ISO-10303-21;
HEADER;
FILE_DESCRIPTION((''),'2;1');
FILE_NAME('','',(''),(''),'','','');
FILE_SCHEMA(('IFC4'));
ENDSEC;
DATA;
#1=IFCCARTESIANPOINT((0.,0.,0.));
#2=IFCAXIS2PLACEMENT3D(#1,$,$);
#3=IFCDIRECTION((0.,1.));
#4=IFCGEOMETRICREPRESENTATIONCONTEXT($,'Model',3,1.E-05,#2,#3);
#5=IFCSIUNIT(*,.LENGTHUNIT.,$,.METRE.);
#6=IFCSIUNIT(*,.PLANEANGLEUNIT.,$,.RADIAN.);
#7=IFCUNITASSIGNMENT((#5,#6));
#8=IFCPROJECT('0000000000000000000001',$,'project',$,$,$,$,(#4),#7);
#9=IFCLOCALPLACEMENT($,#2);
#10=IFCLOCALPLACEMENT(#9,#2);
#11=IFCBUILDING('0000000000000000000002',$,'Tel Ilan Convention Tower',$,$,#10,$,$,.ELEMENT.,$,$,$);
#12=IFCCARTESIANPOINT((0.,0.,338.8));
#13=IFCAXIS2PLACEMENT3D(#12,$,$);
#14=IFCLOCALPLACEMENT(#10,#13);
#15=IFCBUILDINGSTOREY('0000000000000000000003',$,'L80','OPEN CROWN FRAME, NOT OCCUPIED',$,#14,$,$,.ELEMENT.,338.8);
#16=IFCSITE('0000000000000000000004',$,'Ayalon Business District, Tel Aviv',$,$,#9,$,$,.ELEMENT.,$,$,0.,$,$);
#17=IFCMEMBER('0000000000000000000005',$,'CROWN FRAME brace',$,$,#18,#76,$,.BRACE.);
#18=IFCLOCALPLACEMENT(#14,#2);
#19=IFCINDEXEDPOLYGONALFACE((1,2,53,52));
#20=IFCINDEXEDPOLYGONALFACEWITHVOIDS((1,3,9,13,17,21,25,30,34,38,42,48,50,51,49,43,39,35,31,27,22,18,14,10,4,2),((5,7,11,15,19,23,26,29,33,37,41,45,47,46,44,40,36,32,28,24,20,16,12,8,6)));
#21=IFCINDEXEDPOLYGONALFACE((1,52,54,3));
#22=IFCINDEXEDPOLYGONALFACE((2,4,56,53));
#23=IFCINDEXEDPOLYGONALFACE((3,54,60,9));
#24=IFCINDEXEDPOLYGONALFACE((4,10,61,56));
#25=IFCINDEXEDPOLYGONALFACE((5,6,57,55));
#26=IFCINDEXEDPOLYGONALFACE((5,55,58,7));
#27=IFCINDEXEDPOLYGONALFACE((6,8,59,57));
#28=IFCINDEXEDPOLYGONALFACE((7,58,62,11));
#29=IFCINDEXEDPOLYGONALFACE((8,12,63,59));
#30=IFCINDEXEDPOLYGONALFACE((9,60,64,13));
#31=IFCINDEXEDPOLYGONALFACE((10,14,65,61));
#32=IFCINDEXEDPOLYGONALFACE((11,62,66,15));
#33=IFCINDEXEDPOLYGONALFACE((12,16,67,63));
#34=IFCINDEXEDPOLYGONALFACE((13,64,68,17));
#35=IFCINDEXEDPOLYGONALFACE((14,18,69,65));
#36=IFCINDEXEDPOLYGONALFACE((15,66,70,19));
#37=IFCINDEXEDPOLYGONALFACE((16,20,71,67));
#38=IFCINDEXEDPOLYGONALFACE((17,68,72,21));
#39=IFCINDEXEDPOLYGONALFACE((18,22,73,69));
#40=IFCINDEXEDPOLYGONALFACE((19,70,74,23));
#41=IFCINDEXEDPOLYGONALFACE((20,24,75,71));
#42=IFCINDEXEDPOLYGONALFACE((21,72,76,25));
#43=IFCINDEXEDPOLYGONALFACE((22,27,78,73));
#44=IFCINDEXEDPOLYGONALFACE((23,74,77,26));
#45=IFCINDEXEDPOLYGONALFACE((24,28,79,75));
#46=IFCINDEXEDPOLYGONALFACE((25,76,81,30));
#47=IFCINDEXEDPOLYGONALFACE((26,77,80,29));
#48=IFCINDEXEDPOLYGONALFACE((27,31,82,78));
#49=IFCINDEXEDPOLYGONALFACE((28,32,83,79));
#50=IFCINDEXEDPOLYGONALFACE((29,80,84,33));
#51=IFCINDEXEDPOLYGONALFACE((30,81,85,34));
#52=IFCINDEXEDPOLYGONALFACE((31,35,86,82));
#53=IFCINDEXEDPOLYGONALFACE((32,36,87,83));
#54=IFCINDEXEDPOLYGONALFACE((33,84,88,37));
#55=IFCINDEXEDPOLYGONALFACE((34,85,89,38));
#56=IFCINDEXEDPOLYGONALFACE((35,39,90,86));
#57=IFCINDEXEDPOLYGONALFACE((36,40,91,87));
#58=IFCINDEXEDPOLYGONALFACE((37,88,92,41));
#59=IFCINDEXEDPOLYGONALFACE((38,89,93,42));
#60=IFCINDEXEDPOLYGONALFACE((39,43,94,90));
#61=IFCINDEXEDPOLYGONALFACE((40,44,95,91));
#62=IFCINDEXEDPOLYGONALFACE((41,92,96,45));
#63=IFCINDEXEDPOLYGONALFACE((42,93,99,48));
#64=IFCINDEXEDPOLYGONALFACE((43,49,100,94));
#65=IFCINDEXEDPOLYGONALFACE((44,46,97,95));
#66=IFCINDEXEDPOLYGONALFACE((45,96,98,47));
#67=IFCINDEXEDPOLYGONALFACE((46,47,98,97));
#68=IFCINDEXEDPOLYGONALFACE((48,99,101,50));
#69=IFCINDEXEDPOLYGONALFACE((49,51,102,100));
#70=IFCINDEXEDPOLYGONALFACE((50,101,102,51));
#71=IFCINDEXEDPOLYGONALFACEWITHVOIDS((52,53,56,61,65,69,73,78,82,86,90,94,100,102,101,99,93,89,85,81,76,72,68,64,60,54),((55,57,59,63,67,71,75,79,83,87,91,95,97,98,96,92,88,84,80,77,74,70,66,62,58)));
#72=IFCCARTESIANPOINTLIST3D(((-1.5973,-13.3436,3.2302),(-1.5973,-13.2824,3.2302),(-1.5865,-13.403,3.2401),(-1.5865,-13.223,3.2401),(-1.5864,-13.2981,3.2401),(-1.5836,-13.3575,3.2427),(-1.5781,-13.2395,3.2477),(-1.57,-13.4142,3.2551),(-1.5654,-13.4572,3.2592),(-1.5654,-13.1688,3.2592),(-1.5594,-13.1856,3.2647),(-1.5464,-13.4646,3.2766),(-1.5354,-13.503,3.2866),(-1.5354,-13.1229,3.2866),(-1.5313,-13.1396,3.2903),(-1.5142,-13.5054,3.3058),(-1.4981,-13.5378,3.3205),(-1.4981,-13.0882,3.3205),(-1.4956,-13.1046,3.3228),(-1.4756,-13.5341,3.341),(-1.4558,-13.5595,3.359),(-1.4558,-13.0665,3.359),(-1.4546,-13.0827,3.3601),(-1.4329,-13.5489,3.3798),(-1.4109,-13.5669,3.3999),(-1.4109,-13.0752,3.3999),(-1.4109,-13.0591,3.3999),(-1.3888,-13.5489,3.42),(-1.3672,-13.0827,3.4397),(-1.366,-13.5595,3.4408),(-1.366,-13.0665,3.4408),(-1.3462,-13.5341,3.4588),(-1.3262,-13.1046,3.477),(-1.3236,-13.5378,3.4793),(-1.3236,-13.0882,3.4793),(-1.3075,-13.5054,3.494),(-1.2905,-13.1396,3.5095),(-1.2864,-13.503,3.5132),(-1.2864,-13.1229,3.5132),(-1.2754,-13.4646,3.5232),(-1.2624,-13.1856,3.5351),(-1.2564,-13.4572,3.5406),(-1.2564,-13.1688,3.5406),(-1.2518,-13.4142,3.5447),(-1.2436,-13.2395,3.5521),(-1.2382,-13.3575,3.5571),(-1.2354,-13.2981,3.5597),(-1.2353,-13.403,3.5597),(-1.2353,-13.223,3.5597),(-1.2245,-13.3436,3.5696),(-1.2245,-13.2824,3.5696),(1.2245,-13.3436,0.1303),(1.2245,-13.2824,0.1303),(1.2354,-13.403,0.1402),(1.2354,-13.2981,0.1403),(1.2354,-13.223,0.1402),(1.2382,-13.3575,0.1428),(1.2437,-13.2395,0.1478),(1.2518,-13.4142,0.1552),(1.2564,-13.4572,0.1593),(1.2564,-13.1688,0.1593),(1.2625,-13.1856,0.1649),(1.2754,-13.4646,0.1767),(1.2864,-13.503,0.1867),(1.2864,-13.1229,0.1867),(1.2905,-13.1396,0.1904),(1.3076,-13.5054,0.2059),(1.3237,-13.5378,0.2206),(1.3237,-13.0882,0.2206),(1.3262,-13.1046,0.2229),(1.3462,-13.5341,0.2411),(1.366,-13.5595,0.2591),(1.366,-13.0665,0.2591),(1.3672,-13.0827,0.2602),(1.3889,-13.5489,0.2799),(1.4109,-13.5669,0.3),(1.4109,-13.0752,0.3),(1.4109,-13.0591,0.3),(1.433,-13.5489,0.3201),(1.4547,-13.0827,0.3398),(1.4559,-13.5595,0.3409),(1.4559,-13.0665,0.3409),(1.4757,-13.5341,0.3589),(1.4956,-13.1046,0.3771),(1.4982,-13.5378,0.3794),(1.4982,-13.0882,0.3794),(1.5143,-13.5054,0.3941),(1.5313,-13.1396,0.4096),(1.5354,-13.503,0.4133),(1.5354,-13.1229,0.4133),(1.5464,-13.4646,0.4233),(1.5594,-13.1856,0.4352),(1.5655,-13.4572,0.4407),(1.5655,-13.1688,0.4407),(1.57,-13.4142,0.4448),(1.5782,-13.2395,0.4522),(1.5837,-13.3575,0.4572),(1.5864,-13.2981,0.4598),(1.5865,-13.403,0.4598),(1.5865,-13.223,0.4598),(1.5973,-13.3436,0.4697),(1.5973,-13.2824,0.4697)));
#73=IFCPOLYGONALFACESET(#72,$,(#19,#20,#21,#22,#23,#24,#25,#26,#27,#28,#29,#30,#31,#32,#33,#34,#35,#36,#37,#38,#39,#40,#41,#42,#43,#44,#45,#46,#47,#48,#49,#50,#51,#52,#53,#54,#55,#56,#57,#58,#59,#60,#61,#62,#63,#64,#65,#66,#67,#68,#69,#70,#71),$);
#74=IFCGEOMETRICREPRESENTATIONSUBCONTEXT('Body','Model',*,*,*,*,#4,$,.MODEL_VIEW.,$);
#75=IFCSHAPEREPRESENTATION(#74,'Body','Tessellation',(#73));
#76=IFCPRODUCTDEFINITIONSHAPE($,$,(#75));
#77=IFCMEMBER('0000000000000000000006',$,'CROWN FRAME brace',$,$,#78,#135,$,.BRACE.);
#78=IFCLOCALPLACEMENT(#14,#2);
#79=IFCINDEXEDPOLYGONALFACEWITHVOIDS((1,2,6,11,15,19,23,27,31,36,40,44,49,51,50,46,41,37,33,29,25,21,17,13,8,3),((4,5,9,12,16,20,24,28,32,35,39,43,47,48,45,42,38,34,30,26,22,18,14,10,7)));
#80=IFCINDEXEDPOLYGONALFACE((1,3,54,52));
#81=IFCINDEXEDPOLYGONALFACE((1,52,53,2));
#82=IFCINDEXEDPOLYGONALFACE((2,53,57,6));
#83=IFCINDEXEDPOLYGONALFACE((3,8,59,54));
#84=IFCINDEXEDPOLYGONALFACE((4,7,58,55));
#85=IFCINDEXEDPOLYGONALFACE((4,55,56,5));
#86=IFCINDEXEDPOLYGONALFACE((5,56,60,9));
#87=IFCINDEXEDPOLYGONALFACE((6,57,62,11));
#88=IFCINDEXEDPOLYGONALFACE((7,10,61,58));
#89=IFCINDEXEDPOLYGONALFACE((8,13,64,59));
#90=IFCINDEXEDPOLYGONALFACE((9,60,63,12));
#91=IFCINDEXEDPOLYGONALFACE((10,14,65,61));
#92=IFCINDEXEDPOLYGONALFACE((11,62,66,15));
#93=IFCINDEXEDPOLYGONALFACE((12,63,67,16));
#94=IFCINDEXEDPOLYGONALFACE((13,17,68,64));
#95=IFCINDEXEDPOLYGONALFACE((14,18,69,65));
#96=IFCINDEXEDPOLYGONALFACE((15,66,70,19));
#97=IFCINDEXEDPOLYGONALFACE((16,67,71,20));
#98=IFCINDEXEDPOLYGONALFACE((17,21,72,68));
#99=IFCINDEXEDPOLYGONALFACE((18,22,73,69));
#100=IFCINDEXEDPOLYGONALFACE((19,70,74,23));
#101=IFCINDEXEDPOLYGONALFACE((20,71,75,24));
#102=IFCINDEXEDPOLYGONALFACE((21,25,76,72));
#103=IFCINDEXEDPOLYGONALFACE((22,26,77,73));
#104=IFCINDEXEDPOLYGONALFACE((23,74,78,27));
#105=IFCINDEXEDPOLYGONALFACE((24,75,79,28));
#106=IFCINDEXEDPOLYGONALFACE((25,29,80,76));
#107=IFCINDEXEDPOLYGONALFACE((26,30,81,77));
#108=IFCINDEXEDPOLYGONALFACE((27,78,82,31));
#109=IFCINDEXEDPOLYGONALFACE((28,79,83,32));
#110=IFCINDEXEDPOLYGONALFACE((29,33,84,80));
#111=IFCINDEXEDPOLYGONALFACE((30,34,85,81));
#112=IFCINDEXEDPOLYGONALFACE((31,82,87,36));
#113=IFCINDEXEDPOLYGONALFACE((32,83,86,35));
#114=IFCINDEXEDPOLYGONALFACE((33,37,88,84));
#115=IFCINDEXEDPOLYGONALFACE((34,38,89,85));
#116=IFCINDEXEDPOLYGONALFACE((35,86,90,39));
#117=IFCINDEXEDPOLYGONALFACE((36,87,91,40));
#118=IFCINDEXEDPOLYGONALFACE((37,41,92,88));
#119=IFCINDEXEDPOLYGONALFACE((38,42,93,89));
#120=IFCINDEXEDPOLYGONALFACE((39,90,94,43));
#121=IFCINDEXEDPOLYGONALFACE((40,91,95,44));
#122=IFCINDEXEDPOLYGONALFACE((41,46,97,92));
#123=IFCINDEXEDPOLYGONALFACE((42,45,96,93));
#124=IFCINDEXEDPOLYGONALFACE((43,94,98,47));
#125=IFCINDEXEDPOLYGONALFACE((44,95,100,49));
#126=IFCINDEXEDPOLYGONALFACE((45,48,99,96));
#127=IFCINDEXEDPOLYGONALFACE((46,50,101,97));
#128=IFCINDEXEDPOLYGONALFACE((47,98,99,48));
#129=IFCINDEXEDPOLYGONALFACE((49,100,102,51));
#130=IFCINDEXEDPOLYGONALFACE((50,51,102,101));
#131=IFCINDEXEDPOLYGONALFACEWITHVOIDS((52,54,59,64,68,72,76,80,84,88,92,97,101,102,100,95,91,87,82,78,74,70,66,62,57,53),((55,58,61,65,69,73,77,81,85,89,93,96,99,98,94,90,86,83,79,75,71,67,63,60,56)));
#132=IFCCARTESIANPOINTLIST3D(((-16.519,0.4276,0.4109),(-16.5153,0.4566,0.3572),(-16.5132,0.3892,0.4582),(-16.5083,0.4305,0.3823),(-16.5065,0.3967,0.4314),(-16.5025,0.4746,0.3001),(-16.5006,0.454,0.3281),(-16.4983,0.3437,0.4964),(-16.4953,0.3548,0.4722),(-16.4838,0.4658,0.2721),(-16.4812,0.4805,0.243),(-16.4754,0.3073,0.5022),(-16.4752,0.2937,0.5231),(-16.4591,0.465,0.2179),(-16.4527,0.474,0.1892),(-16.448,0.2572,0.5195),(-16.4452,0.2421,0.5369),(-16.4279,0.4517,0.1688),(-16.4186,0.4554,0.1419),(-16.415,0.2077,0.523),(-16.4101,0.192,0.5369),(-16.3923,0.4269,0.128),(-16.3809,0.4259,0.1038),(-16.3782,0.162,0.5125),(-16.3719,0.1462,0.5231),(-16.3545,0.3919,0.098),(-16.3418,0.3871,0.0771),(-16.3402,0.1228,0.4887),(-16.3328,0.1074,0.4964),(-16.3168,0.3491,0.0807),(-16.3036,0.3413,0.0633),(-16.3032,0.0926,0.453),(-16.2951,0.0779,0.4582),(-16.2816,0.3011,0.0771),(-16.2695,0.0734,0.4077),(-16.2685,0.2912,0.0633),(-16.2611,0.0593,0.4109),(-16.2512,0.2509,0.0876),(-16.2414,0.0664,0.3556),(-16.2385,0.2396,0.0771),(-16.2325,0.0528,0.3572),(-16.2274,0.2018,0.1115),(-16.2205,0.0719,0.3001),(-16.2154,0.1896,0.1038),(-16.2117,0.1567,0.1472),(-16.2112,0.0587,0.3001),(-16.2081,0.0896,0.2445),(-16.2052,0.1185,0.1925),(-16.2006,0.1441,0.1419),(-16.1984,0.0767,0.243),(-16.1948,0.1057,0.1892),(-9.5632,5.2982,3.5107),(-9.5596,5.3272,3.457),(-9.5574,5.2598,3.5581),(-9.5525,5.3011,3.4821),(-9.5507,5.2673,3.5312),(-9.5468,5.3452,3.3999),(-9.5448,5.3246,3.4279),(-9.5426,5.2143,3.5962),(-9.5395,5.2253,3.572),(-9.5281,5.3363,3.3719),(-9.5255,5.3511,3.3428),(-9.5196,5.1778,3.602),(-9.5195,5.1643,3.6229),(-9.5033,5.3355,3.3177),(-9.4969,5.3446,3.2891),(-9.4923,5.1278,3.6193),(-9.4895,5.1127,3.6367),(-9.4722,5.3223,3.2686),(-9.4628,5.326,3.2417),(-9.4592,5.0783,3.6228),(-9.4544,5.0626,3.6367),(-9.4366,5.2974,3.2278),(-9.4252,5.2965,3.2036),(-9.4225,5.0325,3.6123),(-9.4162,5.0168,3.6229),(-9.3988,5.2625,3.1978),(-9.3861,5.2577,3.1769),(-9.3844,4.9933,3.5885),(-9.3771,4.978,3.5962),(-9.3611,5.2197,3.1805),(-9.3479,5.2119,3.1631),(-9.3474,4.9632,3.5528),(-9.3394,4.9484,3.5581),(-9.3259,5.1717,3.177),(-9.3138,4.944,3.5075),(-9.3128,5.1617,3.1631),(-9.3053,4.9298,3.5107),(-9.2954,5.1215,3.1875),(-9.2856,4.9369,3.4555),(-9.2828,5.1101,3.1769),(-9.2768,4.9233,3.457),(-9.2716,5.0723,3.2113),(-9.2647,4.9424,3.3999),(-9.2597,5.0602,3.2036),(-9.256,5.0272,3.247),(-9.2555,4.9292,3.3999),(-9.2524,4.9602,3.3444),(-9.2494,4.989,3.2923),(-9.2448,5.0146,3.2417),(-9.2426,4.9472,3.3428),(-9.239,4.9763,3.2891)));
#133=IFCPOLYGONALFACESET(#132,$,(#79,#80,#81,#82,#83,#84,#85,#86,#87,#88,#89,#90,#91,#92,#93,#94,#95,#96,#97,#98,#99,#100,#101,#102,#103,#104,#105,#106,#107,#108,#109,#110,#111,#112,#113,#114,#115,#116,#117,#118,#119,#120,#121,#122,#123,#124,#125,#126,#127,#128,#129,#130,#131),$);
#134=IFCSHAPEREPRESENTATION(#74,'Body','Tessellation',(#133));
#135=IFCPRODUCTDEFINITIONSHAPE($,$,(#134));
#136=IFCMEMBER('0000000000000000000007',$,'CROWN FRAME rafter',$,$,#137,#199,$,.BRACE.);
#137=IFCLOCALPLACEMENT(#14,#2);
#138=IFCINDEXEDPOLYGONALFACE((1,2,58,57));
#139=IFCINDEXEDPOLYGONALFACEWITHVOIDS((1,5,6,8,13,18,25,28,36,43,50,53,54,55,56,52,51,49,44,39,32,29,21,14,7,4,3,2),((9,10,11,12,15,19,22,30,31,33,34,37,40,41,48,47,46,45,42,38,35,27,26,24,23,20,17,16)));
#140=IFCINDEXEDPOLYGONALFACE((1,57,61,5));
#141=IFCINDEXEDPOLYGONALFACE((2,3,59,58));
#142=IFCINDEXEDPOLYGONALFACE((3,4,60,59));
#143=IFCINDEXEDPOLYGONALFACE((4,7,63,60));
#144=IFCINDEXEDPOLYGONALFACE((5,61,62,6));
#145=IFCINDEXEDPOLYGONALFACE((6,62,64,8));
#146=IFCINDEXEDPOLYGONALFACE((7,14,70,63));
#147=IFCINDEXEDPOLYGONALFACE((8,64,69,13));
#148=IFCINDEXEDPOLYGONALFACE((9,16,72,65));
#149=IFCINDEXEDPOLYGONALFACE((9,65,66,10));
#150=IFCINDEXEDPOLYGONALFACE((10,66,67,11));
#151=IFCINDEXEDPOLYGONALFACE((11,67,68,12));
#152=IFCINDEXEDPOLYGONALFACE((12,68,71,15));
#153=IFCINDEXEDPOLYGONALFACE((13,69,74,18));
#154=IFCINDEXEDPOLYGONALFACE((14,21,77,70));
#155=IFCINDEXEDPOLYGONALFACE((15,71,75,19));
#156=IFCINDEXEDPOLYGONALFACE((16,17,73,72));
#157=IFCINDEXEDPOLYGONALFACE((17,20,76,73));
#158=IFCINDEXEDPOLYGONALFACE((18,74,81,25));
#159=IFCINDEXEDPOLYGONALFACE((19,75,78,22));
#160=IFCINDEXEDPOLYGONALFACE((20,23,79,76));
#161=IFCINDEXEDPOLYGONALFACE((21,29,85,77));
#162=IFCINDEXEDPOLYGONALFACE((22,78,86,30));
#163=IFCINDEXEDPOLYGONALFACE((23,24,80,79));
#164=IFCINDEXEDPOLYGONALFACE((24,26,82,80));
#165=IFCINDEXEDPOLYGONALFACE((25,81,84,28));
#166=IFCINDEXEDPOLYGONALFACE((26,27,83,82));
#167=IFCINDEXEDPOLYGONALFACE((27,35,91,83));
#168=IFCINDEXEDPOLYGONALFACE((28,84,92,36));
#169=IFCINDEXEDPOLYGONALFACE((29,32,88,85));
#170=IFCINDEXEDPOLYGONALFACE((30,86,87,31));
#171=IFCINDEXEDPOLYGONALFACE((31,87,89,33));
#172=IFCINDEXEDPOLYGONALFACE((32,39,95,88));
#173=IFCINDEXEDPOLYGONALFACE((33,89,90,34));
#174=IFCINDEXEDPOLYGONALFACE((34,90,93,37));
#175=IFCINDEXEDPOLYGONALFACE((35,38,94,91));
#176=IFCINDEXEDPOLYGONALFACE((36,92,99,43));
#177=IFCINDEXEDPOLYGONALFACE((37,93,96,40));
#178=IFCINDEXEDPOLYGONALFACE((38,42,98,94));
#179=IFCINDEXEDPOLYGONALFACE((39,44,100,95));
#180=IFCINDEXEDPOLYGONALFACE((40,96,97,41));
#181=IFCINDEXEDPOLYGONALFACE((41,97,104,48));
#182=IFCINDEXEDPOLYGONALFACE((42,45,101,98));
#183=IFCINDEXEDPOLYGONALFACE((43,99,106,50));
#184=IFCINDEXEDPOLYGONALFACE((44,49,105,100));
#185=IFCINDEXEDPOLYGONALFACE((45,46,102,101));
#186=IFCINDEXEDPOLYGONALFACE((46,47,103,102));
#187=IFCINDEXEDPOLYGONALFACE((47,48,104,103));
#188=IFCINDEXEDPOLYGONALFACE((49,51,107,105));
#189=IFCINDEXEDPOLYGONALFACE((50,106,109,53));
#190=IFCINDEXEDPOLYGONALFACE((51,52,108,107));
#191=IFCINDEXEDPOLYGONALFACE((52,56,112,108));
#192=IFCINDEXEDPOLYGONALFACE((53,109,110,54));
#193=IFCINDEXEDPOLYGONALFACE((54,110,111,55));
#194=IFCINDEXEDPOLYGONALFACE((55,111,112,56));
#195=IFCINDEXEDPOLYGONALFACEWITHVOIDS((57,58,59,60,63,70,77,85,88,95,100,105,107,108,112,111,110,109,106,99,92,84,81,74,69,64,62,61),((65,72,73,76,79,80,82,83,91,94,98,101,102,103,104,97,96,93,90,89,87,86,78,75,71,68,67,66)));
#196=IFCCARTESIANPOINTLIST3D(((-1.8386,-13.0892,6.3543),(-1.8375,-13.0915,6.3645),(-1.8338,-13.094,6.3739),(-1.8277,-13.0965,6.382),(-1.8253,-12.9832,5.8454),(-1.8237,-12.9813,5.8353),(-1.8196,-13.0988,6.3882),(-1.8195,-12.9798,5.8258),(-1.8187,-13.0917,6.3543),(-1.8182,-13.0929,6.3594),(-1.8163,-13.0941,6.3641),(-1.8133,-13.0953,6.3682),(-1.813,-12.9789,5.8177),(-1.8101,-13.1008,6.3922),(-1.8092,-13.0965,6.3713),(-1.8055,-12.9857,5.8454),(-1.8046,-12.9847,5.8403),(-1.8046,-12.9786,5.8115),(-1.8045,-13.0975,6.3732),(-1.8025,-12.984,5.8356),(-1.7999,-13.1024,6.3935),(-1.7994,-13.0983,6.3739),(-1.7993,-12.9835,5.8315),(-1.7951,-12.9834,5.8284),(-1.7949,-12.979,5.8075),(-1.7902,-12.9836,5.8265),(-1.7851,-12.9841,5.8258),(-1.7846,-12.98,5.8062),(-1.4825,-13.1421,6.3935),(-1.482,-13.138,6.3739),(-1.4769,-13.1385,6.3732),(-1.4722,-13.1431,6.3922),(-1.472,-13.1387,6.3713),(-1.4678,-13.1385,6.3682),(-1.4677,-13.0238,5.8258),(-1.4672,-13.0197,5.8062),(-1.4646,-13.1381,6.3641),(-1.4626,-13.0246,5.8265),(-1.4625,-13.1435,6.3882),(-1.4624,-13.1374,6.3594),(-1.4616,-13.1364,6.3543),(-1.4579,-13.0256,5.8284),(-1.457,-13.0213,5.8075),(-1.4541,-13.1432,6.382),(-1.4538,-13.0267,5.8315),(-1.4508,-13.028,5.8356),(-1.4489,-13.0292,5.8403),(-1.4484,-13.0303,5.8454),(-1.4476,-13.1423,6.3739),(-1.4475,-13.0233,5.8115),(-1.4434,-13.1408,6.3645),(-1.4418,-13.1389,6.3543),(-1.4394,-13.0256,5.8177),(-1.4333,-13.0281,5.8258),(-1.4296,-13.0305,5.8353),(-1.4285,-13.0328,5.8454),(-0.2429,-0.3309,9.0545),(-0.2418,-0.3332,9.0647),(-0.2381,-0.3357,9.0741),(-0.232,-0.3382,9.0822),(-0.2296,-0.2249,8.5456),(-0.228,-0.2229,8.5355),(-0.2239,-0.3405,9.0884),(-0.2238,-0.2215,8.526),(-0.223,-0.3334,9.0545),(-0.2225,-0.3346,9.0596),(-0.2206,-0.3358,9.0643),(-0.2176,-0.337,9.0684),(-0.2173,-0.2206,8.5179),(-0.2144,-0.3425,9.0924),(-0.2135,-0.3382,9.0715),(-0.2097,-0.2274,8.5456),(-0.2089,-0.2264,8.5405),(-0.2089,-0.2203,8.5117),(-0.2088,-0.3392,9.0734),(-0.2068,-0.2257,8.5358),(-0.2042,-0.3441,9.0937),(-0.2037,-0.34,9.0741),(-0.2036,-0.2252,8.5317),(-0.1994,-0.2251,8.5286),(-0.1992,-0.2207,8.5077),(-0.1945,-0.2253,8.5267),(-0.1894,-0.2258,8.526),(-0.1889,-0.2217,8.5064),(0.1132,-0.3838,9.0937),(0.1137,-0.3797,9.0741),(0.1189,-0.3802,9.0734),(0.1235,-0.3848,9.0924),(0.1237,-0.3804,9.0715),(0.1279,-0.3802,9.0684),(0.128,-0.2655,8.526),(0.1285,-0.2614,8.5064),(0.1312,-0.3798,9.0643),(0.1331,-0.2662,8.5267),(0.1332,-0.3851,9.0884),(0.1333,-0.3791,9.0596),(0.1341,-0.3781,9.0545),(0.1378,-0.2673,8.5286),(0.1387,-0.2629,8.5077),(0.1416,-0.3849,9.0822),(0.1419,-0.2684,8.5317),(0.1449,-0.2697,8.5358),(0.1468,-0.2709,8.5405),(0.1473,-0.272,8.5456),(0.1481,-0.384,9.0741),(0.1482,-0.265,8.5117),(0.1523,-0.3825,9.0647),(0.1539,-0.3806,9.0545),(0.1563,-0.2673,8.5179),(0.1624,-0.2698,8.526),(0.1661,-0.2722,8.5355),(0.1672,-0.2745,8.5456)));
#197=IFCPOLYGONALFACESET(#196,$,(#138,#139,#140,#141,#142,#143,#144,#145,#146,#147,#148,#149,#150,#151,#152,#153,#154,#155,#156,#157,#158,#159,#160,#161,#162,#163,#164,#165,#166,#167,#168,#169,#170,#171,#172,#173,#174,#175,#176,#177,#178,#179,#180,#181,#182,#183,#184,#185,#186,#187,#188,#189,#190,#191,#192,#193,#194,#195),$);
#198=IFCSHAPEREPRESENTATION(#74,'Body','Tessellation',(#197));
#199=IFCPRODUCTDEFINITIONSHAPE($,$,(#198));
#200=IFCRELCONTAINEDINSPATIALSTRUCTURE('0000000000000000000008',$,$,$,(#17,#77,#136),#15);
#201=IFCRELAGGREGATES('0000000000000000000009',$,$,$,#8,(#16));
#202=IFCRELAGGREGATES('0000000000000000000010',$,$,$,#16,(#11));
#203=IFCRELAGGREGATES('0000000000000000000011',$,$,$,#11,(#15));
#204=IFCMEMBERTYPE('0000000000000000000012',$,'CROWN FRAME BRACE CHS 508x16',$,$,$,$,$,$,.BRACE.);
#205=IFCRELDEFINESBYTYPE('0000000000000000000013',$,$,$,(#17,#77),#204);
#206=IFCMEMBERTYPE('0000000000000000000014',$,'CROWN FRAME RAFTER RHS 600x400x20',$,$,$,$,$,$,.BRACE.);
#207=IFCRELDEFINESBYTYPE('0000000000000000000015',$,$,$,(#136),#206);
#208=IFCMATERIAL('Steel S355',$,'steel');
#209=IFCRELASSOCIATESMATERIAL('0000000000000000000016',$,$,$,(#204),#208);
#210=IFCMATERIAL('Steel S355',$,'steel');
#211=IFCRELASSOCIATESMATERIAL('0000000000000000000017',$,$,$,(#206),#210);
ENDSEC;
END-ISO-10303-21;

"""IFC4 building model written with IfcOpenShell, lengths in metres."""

from ifc_helpers import new_model, si_unit, direction, frame, origin, origin_2d, place, context, subcontext, project, spatial, hollow_rectangle, hollow_circle, extrude, material, material_profile, profile_set, type_object, element, save


model = new_model("IFC4")

# Units and contexts
model_context = context("Model", 3, precision=1e-05, world=origin(), true_north=direction((0.0, 1.0)))
body_context = subcontext(model_context, "Body", "Model", "MODEL_VIEW")
ifc_project = project(units=[si_unit("LENGTHUNIT", "METRE"), si_unit("PLANEANGLEUNIT", "RADIAN")], contexts=[model_context])

# Site, building, storey
site_placement = place(None, origin())
site = spatial("IfcSite", under=ifc_project, at=site_placement, Name="Ayalon Business District, Tel Aviv", CompositionType="ELEMENT", RefElevation=0.0)
building_placement = place(site_placement, origin())
building = spatial("IfcBuilding", under=site, at=building_placement, Name="Tel Ilan Convention Tower", CompositionType="ELEMENT")
storey_placement = place(building_placement, frame((0.0, 0.0, 338.8)))
storey = spatial("IfcBuildingStorey", under=building, at=storey_placement, Name="L80", Description="OPEN CROWN FRAME, NOT OCCUPIED", CompositionType="ELEMENT", Elevation=338.8)

# Members
ifc_material_1 = material(Name="Steel S355", Category="steel")
ifc_material_profile_1 = material_profile(ifc_material_1, hollow_circle(Radius=0.2539, WallThickness=0.0161, at=origin_2d()), Name="CHS 508x16")
ifc_profile_set_1 = profile_set([ifc_material_profile_1], Name="Steel S355")
member_type_1 = type_object("IfcMemberType", Name="CROWN FRAME BRACE CHS 508x16", PredefinedType="BRACE", material=ifc_profile_set_1)
member_1_placement = place(storey_placement, frame((-1.4109, -13.313, 3.3999), z_axis=(0.67316, 0.0, -0.739497), x_axis=(0.0, 1.0, 0.0)))
element("IfcMember", 1, at=member_1_placement, inside=storey, type_object=member_type_1, Name="CROWN FRAME brace", PredefinedType="BRACE", context=body_context, shape_type="SweptSolid", body=[
    extrude(hollow_circle(Radius=0.2539, WallThickness=0.0161, at=origin_2d()), origin(), (0.0, 0.0, 1.0), 4.1919),
])
member_2_placement = place(storey_placement, frame((-9.4011, 5.1372, 3.3999), z_axis=(-0.769478, -0.538805, -0.342918), x_axis=(0.573584, -0.819147, 0.0)))
element("IfcMember", 2, at=member_2_placement, inside=storey, type_object=member_type_1, Name="CROWN FRAME brace", PredefinedType="BRACE", context=body_context, shape_type="SweptSolid", body=[
    extrude(hollow_circle(Radius=0.2539, WallThickness=0.0161, at=origin_2d()), origin(), (0.0, 0.0, 1.0), 9.0396),
])
ifc_material_2 = material(Name="Steel S355", Category="steel")
ifc_material_profile_2 = material_profile(ifc_material_2, hollow_rectangle(XDim=0.3999, YDim=0.6001, WallThickness=0.02, InnerFilletRadius=0.02, OuterFilletRadius=0.04, at=origin_2d()), Name="RHS 600x400x20")
ifc_profile_set_2 = profile_set([ifc_material_profile_2], Name="Steel S355")
member_type_2 = type_object("IfcMemberType", Name="CROWN FRAME RAFTER RHS 600x400x20", PredefinedType="BRACE", material=ifc_profile_set_2)
member_3_placement = place(storey_placement, frame((-1.6335, -13.061, 6.0999), z_axis=(0.121455, 0.971086, 0.205523), x_axis=(-0.992269, 0.124105, 0.0)))
element("IfcMember", 3, at=member_3_placement, inside=storey, type_object=member_type_2, Name="CROWN FRAME rafter", PredefinedType="BRACE", context=body_context, shape_type="SweptSolid", body=[
    extrude(hollow_rectangle(XDim=0.3999, YDim=0.6001, WallThickness=0.02, InnerFilletRadius=0.02, OuterFilletRadius=0.04, at=origin_2d()), origin(), (0.0, 0.0, 1.0), 13.1382),
])

save(model, "model.ifc")
